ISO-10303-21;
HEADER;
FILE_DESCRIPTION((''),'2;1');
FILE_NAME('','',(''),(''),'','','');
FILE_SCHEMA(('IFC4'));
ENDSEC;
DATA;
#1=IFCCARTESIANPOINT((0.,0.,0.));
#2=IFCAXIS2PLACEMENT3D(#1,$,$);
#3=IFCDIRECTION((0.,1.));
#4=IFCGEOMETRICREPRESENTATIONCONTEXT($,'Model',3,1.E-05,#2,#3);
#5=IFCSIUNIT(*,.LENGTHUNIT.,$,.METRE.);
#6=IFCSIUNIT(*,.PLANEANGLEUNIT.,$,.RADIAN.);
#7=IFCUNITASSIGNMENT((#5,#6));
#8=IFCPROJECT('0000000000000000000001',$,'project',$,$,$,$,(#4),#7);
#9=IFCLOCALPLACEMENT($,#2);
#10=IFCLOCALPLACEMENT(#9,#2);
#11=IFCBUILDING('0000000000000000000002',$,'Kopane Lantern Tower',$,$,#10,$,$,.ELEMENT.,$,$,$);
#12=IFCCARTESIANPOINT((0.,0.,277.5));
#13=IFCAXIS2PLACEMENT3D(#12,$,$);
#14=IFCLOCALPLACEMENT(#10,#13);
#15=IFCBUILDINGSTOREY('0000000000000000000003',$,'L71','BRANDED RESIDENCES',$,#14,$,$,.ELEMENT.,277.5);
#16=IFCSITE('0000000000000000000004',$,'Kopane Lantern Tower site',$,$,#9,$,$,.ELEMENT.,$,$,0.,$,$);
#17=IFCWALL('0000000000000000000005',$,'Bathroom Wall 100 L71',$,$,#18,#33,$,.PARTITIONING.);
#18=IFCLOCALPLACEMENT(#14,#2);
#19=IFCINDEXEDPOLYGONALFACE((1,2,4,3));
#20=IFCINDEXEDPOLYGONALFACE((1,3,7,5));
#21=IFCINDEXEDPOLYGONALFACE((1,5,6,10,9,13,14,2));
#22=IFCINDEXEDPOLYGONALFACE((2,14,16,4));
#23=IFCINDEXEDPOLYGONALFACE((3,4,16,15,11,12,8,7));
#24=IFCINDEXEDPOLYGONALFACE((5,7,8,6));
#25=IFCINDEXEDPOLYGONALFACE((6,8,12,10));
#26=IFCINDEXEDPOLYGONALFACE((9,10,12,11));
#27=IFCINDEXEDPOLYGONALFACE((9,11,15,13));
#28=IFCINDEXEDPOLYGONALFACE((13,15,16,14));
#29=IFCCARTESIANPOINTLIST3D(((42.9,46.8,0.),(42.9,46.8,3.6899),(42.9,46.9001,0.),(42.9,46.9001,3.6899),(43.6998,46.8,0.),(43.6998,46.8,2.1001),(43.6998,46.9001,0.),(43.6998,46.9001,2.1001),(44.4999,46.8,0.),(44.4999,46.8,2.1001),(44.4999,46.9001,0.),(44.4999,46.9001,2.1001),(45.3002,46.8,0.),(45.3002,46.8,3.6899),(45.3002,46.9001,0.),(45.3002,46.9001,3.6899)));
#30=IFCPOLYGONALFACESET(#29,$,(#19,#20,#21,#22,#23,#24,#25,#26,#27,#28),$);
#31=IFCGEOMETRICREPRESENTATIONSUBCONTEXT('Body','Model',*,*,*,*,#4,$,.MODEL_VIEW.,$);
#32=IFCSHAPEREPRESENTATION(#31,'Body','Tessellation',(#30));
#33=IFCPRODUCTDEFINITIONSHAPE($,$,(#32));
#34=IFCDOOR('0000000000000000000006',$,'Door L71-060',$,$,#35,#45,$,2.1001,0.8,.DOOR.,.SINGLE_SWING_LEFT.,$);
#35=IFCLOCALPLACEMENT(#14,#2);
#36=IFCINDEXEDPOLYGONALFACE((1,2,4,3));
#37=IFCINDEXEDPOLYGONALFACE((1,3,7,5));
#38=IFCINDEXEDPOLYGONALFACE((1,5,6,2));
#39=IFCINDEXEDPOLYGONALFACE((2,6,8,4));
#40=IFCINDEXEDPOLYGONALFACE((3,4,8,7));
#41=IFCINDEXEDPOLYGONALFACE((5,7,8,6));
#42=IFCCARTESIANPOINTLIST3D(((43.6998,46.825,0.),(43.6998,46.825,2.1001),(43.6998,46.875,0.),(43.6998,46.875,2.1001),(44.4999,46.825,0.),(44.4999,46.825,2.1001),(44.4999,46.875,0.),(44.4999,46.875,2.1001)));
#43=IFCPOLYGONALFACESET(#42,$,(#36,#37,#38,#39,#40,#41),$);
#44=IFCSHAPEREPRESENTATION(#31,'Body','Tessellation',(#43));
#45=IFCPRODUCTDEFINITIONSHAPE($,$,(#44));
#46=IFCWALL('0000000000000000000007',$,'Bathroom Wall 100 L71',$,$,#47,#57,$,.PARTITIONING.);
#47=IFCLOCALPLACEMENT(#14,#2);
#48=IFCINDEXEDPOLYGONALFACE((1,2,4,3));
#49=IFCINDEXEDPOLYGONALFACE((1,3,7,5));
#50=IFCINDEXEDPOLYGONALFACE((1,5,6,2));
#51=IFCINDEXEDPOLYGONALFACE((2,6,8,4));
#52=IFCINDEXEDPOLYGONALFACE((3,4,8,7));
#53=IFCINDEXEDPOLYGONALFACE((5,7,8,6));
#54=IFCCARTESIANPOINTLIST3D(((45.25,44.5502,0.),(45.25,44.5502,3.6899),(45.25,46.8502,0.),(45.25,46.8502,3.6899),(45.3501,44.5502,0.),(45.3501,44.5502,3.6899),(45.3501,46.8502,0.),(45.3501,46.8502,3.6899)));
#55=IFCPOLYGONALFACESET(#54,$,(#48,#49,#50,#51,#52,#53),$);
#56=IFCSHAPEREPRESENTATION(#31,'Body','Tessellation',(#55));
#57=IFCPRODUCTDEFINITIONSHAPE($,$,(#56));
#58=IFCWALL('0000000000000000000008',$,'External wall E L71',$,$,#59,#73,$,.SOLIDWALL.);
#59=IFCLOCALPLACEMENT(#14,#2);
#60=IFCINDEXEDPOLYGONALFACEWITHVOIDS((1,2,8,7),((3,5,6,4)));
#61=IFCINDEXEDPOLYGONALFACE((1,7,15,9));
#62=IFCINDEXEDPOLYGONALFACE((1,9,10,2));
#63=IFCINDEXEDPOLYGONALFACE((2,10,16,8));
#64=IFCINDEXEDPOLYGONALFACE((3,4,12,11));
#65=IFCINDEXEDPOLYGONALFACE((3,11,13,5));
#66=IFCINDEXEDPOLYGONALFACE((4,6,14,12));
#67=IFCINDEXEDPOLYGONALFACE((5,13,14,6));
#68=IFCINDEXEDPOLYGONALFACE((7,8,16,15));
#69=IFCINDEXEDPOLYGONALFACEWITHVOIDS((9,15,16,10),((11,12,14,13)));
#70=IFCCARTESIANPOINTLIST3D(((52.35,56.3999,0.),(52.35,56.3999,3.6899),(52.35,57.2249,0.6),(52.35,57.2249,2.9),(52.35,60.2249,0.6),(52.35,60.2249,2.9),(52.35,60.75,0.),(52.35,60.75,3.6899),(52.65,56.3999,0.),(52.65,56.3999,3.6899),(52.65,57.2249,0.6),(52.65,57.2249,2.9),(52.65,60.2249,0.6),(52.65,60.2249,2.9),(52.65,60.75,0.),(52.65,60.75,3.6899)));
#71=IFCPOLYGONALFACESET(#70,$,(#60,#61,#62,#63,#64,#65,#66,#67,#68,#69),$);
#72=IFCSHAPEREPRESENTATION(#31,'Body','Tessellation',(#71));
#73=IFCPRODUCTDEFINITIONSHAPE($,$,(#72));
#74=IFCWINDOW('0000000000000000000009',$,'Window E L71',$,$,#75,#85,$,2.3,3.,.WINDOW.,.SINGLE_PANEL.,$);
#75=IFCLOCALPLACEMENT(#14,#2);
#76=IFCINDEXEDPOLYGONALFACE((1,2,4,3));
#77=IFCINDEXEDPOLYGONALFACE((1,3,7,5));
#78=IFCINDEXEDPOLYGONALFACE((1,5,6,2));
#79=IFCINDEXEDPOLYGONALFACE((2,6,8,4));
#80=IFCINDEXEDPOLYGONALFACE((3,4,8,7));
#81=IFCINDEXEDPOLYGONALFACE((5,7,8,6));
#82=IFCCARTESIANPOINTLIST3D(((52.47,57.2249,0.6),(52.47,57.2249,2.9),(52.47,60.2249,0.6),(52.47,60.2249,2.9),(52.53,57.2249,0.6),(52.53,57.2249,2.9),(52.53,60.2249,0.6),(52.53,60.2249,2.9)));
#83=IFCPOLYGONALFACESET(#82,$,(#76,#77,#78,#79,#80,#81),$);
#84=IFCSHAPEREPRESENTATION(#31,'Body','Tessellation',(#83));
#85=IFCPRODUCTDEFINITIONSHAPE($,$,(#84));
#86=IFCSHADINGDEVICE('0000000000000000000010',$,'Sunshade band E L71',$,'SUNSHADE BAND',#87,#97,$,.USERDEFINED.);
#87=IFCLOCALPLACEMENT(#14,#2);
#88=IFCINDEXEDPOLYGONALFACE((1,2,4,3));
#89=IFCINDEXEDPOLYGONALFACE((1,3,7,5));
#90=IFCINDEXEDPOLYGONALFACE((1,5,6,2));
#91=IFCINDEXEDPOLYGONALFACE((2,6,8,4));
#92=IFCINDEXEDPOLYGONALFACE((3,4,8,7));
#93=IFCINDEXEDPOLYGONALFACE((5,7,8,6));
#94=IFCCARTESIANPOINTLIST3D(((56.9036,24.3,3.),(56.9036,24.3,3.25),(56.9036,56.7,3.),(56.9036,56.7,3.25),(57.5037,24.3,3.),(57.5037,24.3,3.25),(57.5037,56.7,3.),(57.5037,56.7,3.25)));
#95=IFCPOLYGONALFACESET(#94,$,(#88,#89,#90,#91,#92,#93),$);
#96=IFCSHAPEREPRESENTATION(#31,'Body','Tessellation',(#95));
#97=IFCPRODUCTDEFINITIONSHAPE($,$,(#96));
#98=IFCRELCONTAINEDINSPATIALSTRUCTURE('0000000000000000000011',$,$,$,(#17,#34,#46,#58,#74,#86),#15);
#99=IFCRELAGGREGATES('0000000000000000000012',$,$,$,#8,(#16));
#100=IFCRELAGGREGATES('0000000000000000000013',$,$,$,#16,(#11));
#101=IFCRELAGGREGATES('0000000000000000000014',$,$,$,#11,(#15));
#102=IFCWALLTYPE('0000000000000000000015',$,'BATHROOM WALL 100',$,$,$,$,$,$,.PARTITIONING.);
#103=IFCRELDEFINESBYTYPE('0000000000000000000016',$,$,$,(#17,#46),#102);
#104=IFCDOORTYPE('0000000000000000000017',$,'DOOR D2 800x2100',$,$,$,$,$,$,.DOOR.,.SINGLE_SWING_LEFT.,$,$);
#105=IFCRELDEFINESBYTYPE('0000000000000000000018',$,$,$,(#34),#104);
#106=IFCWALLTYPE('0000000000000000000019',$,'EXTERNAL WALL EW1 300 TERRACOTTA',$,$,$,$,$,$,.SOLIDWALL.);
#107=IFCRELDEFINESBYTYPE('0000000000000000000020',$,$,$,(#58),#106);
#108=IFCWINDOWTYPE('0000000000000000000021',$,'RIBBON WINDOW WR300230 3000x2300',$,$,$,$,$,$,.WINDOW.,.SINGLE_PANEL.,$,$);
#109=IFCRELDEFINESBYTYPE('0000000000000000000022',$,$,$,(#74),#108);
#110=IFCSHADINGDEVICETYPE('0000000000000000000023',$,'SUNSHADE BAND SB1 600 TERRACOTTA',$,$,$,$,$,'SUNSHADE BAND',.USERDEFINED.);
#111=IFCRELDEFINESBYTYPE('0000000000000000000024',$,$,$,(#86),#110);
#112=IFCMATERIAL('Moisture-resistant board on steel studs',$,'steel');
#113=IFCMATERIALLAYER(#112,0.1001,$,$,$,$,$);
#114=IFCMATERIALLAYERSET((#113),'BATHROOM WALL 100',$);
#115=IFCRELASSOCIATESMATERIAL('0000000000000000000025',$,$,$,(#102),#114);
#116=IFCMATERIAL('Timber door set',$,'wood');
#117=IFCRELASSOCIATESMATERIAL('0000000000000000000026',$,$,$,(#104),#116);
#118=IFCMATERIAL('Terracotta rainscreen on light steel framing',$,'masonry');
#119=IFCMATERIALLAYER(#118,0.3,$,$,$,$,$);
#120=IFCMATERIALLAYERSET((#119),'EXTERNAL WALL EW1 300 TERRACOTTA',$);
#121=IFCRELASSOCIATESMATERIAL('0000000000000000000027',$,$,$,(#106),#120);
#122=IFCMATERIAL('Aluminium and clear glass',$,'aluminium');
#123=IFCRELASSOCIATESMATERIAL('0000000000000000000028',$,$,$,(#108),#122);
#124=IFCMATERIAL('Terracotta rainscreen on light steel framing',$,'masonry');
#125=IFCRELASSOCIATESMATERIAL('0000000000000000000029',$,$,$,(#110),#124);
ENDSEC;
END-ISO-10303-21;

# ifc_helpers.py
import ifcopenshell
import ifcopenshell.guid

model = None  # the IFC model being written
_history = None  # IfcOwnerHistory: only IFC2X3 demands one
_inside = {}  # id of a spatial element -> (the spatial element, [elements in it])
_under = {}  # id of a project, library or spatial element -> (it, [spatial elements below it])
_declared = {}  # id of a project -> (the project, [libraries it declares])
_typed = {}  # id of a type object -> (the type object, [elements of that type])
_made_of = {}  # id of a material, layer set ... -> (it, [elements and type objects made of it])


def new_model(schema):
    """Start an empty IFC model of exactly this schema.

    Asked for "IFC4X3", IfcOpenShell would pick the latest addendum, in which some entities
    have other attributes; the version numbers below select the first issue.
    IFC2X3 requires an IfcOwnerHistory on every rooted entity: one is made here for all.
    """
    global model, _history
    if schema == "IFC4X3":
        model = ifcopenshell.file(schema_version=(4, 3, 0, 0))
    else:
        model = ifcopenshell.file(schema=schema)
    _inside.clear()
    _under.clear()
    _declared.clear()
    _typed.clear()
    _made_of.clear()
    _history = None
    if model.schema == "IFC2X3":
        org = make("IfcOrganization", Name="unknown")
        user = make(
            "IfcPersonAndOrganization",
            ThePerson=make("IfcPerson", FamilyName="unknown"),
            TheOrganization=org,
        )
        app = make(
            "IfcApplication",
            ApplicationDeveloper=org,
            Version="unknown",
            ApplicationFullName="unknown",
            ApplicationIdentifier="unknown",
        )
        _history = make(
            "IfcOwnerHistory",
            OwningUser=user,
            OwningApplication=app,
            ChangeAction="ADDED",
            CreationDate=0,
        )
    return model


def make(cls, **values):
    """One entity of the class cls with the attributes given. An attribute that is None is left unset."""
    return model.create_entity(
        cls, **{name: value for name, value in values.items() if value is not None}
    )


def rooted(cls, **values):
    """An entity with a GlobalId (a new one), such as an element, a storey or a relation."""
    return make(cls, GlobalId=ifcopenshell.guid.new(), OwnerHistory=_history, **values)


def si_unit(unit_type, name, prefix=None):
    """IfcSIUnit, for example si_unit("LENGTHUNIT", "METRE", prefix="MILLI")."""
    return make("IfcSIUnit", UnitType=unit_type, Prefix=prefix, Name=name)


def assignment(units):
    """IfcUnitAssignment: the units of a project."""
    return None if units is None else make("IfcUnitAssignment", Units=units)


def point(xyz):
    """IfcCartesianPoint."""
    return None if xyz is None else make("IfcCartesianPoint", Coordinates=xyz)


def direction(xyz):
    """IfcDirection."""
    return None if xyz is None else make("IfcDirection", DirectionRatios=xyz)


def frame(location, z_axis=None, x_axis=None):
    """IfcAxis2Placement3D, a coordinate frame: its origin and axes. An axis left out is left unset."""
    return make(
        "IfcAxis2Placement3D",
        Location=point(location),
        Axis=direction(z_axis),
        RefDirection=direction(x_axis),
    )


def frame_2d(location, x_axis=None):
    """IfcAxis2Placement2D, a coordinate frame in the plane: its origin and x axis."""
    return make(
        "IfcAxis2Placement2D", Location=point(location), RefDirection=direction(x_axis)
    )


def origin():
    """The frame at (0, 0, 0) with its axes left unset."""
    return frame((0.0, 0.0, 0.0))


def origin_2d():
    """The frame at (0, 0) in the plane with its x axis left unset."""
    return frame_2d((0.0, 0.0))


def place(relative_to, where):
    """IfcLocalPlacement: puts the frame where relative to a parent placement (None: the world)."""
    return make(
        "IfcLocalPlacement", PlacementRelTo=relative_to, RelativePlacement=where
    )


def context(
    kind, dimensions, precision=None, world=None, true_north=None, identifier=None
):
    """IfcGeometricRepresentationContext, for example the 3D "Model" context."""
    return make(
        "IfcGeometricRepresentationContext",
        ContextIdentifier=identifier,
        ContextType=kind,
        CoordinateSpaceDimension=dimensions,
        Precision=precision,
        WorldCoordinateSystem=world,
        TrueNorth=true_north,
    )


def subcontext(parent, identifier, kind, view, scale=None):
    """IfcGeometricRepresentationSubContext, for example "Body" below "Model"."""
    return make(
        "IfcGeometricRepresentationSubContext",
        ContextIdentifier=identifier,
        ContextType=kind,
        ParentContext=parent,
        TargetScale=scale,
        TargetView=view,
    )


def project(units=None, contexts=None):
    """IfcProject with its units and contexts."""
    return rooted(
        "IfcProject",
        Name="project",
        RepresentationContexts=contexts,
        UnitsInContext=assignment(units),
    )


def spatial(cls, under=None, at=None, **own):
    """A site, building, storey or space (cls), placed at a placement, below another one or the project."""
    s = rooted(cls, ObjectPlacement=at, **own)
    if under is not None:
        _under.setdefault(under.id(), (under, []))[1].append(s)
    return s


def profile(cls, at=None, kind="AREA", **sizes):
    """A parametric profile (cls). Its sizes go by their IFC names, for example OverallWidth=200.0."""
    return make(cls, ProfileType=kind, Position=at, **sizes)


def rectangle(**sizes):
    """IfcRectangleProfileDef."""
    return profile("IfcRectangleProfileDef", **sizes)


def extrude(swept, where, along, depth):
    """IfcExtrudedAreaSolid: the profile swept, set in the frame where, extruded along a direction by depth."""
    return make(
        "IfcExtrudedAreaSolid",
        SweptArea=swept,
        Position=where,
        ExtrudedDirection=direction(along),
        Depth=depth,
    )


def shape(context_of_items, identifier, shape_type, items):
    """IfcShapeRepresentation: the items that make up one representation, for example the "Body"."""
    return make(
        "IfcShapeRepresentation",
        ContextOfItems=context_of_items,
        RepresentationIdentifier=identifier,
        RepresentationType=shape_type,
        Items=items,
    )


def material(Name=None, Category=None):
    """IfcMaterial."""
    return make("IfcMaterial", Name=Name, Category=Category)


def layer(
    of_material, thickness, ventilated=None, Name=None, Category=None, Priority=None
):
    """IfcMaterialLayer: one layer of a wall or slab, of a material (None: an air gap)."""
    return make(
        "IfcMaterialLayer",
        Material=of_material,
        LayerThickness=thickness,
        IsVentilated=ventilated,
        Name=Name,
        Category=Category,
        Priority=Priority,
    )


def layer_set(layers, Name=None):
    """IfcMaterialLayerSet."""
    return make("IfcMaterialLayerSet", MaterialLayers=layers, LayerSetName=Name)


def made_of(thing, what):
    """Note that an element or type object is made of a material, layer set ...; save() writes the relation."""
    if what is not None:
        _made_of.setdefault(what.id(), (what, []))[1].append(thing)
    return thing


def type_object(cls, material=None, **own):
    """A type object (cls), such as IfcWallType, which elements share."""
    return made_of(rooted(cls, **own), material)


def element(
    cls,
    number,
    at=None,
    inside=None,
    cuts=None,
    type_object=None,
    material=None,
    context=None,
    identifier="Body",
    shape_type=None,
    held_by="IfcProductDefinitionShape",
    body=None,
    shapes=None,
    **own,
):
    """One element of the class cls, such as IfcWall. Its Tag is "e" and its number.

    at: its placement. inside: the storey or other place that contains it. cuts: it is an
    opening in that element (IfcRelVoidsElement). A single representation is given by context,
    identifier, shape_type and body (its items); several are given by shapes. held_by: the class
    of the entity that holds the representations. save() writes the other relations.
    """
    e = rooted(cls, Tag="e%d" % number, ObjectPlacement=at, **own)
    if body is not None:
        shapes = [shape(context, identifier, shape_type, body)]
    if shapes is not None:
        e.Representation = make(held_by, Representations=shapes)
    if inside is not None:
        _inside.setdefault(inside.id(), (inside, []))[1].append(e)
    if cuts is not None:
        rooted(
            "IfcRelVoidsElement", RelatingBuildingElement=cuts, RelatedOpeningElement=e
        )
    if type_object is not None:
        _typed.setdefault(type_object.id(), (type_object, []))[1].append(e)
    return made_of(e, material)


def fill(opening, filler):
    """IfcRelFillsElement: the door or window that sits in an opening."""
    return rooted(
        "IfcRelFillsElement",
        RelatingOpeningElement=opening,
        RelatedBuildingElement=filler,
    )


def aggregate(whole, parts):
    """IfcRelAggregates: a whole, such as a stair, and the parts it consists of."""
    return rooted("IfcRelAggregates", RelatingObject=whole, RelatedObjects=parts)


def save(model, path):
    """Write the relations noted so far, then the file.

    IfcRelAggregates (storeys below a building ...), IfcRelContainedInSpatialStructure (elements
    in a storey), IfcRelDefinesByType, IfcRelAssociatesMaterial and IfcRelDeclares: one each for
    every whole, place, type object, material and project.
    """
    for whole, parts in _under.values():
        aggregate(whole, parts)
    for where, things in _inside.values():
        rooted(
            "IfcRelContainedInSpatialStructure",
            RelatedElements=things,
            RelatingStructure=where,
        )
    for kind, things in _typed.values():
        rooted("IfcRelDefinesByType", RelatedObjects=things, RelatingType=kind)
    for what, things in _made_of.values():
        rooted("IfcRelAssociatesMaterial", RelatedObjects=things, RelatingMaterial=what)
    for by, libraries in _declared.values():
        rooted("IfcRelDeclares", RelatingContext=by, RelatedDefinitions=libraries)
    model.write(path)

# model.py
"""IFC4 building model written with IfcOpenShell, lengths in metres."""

from ifc_helpers import new_model, si_unit, direction, frame, frame_2d, origin, origin_2d, place, context, subcontext, project, spatial, rectangle, extrude, material, layer, layer_set, type_object, element, fill, save


model = new_model("IFC4")

# Units and contexts
model_context = context("Model", 3, precision=1e-05, world=origin(), true_north=direction((0.0, 1.0)))
body_context = subcontext(model_context, "Body", "Model", "MODEL_VIEW")
ifc_project = project(units=[si_unit("LENGTHUNIT", "METRE"), si_unit("PLANEANGLEUNIT", "RADIAN")], contexts=[model_context])

# Site, building, storey
site_placement = place(None, origin())
site = spatial("IfcSite", under=ifc_project, at=site_placement, Name="Kopane Lantern Tower site", CompositionType="ELEMENT", RefElevation=0.0)
building_placement = place(site_placement, origin())
building = spatial("IfcBuilding", under=site, at=building_placement, Name="Kopane Lantern Tower", CompositionType="ELEMENT")
storey_placement = place(building_placement, frame((0.0, 0.0, 277.5)))
storey = spatial("IfcBuildingStorey", under=building, at=storey_placement, Name="L71", Description="BRANDED RESIDENCES", CompositionType="ELEMENT", Elevation=277.5)

# Wall, opening, door
ifc_material_1 = material(Name="Moisture-resistant board on steel studs", Category="steel")
ifc_layer_1 = layer(ifc_material_1, 0.1001)
ifc_layer_set_1 = layer_set([ifc_layer_1], Name="BATHROOM WALL 100")
wall_type_1 = type_object("IfcWallType", Name="BATHROOM WALL 100", PredefinedType="PARTITIONING", material=ifc_layer_set_1)
wall_1_placement = place(storey_placement, frame((42.8999, 46.8501, 0.0), z_axis=(0.0, 0.0, 1.0), x_axis=(1.0, 0.0, 0.0)))
wall_1 = element("IfcWall", 1, at=wall_1_placement, inside=storey, type_object=wall_type_1, Name="Bathroom Wall 100 L71", PredefinedType="PARTITIONING", context=body_context, shape_type="SweptSolid", body=[
    extrude(rectangle(XDim=2.4001, YDim=0.1001, at=frame_2d((1.2002, 0.0))), origin(), (0.0, 0.0, 1.0), 3.6899),
])
opening_1_placement = place(wall_1_placement, frame((0.8, 0.0, 0.0)))
opening_1 = element("IfcOpeningElement", 2, at=opening_1_placement, cuts=wall_1, PredefinedType="OPENING", context=body_context, shape_type="SweptSolid", body=[
    extrude(rectangle(XDim=0.8, YDim=2.1001, at=frame_2d((0.3999, 1.05))), frame((0.0, 0.0601, 0.0), z_axis=(0.0, -1.0, 0.0), x_axis=(1.0, 0.0, 0.0)), (0.0, 0.0, 1.0), 0.1201),
])
ifc_material_2 = material(Name="Timber door set", Category="wood")
door_type_1 = type_object("IfcDoorType", Name="DOOR D2 800x2100", OperationType="SINGLE_SWING_LEFT", PredefinedType="DOOR", material=ifc_material_2)
door_1_placement = place(opening_1_placement, origin())
door_1 = element("IfcDoor", 3, at=door_1_placement, inside=storey, type_object=door_type_1, Name="Door L71-060", OperationType="SINGLE_SWING_LEFT", OverallHeight=2.1001, OverallWidth=0.8, PredefinedType="DOOR", context=body_context, shape_type="SweptSolid", body=[
    extrude(rectangle(XDim=0.8, YDim=2.1001, at=frame_2d((0.3999, 1.05))), frame((0.0, 0.0249, 0.0), z_axis=(0.0, -1.0, 0.0), x_axis=(1.0, 0.0, 0.0)), (0.0, 0.0, 1.0), 0.05),
])
fill(opening_1, door_1)

# Wall
wall_2_placement = place(storey_placement, frame((45.3, 46.8501, 0.0), z_axis=(0.0, 0.0, 1.0), x_axis=(0.0, -1.0, 0.0)))
element("IfcWall", 4, at=wall_2_placement, inside=storey, type_object=wall_type_1, Name="Bathroom Wall 100 L71", PredefinedType="PARTITIONING", context=body_context, shape_type="SweptSolid", body=[
    extrude(rectangle(XDim=2.3, YDim=0.1001, at=frame_2d((1.1499, 0.0))), origin(), (0.0, 0.0, 1.0), 3.6899),
])

# Wall, opening, window
ifc_material_3 = material(Name="Terracotta rainscreen on light steel framing", Category="masonry")
ifc_layer_2 = layer(ifc_material_3, 0.3)
ifc_layer_set_2 = layer_set([ifc_layer_2], Name="EXTERNAL WALL EW1 300 TERRACOTTA")
wall_type_2 = type_object("IfcWallType", Name="EXTERNAL WALL EW1 300 TERRACOTTA", PredefinedType="SOLIDWALL", material=ifc_layer_set_2)
wall_3_placement = place(storey_placement, frame((52.5, 56.3999, 0.0), z_axis=(0.0, 0.0, 1.0), x_axis=(0.0, 1.0, 0.0)))
wall_3 = element("IfcWall", 5, at=wall_3_placement, inside=storey, type_object=wall_type_2, Name="External wall E L71", PredefinedType="SOLIDWALL", context=body_context, shape_type="SweptSolid", body=[
    extrude(rectangle(XDim=4.3501, YDim=0.3, at=frame_2d((2.175, 0.0))), origin(), (0.0, 0.0, 1.0), 3.6899),
])
opening_2_placement = place(wall_3_placement, frame((0.825, 0.0, 0.6001)))
opening_2 = element("IfcOpeningElement", 6, at=opening_2_placement, cuts=wall_3, PredefinedType="OPENING", context=body_context, shape_type="SweptSolid", body=[
    extrude(rectangle(XDim=3.0, YDim=2.3, at=frame_2d((1.5, 1.1499))), frame((0.0, 0.1599, 0.0), z_axis=(0.0, -1.0, 0.0), x_axis=(1.0, 0.0, 0.0)), (0.0, 0.0, 1.0), 0.3201),
])
ifc_material_4 = material(Name="Aluminium and clear glass", Category="aluminium")
window_type = type_object("IfcWindowType", Name="RIBBON WINDOW WR300230 3000x2300", PartitioningType="SINGLE_PANEL", PredefinedType="WINDOW", material=ifc_material_4)
window_placement = place(opening_2_placement, origin())
window = element("IfcWindow", 7, at=window_placement, inside=storey, type_object=window_type, Name="Window E L71", OverallHeight=2.3, OverallWidth=3.0, PartitioningType="SINGLE_PANEL", PredefinedType="WINDOW", context=body_context, shape_type="SweptSolid", body=[
    extrude(rectangle(XDim=3.0, YDim=2.3, at=frame_2d((1.5, 1.1499))), frame((0.0, 0.03, 0.0), z_axis=(0.0, -1.0, 0.0), x_axis=(1.0, 0.0, 0.0)), (0.0, 0.0, 1.0), 0.0601),
])
fill(opening_2, window)

# Shading device
ifc_material_5 = material(Name="Terracotta rainscreen on light steel framing", Category="masonry")
shading_device_type = type_object("IfcShadingDeviceType", Name="SUNSHADE BAND SB1 600 TERRACOTTA", ElementType="SUNSHADE BAND", PredefinedType="USERDEFINED", material=ifc_material_5)
shading_device_placement = place(storey_placement, frame((57.2036, 40.5, 3.0), z_axis=(0.0, 0.0, 1.0), x_axis=(0.0, 1.0, 0.0)))
element("IfcShadingDevice", 8, at=shading_device_placement, inside=storey, type_object=shading_device_type, Name="Sunshade band E L71", ObjectType="SUNSHADE BAND", PredefinedType="USERDEFINED", context=body_context, shape_type="SweptSolid", body=[
    extrude(rectangle(XDim=32.3999, YDim=0.6001, at=origin_2d()), origin(), (0.0, 0.0, 1.0), 0.25),
])

save(model, "model.ifc")
